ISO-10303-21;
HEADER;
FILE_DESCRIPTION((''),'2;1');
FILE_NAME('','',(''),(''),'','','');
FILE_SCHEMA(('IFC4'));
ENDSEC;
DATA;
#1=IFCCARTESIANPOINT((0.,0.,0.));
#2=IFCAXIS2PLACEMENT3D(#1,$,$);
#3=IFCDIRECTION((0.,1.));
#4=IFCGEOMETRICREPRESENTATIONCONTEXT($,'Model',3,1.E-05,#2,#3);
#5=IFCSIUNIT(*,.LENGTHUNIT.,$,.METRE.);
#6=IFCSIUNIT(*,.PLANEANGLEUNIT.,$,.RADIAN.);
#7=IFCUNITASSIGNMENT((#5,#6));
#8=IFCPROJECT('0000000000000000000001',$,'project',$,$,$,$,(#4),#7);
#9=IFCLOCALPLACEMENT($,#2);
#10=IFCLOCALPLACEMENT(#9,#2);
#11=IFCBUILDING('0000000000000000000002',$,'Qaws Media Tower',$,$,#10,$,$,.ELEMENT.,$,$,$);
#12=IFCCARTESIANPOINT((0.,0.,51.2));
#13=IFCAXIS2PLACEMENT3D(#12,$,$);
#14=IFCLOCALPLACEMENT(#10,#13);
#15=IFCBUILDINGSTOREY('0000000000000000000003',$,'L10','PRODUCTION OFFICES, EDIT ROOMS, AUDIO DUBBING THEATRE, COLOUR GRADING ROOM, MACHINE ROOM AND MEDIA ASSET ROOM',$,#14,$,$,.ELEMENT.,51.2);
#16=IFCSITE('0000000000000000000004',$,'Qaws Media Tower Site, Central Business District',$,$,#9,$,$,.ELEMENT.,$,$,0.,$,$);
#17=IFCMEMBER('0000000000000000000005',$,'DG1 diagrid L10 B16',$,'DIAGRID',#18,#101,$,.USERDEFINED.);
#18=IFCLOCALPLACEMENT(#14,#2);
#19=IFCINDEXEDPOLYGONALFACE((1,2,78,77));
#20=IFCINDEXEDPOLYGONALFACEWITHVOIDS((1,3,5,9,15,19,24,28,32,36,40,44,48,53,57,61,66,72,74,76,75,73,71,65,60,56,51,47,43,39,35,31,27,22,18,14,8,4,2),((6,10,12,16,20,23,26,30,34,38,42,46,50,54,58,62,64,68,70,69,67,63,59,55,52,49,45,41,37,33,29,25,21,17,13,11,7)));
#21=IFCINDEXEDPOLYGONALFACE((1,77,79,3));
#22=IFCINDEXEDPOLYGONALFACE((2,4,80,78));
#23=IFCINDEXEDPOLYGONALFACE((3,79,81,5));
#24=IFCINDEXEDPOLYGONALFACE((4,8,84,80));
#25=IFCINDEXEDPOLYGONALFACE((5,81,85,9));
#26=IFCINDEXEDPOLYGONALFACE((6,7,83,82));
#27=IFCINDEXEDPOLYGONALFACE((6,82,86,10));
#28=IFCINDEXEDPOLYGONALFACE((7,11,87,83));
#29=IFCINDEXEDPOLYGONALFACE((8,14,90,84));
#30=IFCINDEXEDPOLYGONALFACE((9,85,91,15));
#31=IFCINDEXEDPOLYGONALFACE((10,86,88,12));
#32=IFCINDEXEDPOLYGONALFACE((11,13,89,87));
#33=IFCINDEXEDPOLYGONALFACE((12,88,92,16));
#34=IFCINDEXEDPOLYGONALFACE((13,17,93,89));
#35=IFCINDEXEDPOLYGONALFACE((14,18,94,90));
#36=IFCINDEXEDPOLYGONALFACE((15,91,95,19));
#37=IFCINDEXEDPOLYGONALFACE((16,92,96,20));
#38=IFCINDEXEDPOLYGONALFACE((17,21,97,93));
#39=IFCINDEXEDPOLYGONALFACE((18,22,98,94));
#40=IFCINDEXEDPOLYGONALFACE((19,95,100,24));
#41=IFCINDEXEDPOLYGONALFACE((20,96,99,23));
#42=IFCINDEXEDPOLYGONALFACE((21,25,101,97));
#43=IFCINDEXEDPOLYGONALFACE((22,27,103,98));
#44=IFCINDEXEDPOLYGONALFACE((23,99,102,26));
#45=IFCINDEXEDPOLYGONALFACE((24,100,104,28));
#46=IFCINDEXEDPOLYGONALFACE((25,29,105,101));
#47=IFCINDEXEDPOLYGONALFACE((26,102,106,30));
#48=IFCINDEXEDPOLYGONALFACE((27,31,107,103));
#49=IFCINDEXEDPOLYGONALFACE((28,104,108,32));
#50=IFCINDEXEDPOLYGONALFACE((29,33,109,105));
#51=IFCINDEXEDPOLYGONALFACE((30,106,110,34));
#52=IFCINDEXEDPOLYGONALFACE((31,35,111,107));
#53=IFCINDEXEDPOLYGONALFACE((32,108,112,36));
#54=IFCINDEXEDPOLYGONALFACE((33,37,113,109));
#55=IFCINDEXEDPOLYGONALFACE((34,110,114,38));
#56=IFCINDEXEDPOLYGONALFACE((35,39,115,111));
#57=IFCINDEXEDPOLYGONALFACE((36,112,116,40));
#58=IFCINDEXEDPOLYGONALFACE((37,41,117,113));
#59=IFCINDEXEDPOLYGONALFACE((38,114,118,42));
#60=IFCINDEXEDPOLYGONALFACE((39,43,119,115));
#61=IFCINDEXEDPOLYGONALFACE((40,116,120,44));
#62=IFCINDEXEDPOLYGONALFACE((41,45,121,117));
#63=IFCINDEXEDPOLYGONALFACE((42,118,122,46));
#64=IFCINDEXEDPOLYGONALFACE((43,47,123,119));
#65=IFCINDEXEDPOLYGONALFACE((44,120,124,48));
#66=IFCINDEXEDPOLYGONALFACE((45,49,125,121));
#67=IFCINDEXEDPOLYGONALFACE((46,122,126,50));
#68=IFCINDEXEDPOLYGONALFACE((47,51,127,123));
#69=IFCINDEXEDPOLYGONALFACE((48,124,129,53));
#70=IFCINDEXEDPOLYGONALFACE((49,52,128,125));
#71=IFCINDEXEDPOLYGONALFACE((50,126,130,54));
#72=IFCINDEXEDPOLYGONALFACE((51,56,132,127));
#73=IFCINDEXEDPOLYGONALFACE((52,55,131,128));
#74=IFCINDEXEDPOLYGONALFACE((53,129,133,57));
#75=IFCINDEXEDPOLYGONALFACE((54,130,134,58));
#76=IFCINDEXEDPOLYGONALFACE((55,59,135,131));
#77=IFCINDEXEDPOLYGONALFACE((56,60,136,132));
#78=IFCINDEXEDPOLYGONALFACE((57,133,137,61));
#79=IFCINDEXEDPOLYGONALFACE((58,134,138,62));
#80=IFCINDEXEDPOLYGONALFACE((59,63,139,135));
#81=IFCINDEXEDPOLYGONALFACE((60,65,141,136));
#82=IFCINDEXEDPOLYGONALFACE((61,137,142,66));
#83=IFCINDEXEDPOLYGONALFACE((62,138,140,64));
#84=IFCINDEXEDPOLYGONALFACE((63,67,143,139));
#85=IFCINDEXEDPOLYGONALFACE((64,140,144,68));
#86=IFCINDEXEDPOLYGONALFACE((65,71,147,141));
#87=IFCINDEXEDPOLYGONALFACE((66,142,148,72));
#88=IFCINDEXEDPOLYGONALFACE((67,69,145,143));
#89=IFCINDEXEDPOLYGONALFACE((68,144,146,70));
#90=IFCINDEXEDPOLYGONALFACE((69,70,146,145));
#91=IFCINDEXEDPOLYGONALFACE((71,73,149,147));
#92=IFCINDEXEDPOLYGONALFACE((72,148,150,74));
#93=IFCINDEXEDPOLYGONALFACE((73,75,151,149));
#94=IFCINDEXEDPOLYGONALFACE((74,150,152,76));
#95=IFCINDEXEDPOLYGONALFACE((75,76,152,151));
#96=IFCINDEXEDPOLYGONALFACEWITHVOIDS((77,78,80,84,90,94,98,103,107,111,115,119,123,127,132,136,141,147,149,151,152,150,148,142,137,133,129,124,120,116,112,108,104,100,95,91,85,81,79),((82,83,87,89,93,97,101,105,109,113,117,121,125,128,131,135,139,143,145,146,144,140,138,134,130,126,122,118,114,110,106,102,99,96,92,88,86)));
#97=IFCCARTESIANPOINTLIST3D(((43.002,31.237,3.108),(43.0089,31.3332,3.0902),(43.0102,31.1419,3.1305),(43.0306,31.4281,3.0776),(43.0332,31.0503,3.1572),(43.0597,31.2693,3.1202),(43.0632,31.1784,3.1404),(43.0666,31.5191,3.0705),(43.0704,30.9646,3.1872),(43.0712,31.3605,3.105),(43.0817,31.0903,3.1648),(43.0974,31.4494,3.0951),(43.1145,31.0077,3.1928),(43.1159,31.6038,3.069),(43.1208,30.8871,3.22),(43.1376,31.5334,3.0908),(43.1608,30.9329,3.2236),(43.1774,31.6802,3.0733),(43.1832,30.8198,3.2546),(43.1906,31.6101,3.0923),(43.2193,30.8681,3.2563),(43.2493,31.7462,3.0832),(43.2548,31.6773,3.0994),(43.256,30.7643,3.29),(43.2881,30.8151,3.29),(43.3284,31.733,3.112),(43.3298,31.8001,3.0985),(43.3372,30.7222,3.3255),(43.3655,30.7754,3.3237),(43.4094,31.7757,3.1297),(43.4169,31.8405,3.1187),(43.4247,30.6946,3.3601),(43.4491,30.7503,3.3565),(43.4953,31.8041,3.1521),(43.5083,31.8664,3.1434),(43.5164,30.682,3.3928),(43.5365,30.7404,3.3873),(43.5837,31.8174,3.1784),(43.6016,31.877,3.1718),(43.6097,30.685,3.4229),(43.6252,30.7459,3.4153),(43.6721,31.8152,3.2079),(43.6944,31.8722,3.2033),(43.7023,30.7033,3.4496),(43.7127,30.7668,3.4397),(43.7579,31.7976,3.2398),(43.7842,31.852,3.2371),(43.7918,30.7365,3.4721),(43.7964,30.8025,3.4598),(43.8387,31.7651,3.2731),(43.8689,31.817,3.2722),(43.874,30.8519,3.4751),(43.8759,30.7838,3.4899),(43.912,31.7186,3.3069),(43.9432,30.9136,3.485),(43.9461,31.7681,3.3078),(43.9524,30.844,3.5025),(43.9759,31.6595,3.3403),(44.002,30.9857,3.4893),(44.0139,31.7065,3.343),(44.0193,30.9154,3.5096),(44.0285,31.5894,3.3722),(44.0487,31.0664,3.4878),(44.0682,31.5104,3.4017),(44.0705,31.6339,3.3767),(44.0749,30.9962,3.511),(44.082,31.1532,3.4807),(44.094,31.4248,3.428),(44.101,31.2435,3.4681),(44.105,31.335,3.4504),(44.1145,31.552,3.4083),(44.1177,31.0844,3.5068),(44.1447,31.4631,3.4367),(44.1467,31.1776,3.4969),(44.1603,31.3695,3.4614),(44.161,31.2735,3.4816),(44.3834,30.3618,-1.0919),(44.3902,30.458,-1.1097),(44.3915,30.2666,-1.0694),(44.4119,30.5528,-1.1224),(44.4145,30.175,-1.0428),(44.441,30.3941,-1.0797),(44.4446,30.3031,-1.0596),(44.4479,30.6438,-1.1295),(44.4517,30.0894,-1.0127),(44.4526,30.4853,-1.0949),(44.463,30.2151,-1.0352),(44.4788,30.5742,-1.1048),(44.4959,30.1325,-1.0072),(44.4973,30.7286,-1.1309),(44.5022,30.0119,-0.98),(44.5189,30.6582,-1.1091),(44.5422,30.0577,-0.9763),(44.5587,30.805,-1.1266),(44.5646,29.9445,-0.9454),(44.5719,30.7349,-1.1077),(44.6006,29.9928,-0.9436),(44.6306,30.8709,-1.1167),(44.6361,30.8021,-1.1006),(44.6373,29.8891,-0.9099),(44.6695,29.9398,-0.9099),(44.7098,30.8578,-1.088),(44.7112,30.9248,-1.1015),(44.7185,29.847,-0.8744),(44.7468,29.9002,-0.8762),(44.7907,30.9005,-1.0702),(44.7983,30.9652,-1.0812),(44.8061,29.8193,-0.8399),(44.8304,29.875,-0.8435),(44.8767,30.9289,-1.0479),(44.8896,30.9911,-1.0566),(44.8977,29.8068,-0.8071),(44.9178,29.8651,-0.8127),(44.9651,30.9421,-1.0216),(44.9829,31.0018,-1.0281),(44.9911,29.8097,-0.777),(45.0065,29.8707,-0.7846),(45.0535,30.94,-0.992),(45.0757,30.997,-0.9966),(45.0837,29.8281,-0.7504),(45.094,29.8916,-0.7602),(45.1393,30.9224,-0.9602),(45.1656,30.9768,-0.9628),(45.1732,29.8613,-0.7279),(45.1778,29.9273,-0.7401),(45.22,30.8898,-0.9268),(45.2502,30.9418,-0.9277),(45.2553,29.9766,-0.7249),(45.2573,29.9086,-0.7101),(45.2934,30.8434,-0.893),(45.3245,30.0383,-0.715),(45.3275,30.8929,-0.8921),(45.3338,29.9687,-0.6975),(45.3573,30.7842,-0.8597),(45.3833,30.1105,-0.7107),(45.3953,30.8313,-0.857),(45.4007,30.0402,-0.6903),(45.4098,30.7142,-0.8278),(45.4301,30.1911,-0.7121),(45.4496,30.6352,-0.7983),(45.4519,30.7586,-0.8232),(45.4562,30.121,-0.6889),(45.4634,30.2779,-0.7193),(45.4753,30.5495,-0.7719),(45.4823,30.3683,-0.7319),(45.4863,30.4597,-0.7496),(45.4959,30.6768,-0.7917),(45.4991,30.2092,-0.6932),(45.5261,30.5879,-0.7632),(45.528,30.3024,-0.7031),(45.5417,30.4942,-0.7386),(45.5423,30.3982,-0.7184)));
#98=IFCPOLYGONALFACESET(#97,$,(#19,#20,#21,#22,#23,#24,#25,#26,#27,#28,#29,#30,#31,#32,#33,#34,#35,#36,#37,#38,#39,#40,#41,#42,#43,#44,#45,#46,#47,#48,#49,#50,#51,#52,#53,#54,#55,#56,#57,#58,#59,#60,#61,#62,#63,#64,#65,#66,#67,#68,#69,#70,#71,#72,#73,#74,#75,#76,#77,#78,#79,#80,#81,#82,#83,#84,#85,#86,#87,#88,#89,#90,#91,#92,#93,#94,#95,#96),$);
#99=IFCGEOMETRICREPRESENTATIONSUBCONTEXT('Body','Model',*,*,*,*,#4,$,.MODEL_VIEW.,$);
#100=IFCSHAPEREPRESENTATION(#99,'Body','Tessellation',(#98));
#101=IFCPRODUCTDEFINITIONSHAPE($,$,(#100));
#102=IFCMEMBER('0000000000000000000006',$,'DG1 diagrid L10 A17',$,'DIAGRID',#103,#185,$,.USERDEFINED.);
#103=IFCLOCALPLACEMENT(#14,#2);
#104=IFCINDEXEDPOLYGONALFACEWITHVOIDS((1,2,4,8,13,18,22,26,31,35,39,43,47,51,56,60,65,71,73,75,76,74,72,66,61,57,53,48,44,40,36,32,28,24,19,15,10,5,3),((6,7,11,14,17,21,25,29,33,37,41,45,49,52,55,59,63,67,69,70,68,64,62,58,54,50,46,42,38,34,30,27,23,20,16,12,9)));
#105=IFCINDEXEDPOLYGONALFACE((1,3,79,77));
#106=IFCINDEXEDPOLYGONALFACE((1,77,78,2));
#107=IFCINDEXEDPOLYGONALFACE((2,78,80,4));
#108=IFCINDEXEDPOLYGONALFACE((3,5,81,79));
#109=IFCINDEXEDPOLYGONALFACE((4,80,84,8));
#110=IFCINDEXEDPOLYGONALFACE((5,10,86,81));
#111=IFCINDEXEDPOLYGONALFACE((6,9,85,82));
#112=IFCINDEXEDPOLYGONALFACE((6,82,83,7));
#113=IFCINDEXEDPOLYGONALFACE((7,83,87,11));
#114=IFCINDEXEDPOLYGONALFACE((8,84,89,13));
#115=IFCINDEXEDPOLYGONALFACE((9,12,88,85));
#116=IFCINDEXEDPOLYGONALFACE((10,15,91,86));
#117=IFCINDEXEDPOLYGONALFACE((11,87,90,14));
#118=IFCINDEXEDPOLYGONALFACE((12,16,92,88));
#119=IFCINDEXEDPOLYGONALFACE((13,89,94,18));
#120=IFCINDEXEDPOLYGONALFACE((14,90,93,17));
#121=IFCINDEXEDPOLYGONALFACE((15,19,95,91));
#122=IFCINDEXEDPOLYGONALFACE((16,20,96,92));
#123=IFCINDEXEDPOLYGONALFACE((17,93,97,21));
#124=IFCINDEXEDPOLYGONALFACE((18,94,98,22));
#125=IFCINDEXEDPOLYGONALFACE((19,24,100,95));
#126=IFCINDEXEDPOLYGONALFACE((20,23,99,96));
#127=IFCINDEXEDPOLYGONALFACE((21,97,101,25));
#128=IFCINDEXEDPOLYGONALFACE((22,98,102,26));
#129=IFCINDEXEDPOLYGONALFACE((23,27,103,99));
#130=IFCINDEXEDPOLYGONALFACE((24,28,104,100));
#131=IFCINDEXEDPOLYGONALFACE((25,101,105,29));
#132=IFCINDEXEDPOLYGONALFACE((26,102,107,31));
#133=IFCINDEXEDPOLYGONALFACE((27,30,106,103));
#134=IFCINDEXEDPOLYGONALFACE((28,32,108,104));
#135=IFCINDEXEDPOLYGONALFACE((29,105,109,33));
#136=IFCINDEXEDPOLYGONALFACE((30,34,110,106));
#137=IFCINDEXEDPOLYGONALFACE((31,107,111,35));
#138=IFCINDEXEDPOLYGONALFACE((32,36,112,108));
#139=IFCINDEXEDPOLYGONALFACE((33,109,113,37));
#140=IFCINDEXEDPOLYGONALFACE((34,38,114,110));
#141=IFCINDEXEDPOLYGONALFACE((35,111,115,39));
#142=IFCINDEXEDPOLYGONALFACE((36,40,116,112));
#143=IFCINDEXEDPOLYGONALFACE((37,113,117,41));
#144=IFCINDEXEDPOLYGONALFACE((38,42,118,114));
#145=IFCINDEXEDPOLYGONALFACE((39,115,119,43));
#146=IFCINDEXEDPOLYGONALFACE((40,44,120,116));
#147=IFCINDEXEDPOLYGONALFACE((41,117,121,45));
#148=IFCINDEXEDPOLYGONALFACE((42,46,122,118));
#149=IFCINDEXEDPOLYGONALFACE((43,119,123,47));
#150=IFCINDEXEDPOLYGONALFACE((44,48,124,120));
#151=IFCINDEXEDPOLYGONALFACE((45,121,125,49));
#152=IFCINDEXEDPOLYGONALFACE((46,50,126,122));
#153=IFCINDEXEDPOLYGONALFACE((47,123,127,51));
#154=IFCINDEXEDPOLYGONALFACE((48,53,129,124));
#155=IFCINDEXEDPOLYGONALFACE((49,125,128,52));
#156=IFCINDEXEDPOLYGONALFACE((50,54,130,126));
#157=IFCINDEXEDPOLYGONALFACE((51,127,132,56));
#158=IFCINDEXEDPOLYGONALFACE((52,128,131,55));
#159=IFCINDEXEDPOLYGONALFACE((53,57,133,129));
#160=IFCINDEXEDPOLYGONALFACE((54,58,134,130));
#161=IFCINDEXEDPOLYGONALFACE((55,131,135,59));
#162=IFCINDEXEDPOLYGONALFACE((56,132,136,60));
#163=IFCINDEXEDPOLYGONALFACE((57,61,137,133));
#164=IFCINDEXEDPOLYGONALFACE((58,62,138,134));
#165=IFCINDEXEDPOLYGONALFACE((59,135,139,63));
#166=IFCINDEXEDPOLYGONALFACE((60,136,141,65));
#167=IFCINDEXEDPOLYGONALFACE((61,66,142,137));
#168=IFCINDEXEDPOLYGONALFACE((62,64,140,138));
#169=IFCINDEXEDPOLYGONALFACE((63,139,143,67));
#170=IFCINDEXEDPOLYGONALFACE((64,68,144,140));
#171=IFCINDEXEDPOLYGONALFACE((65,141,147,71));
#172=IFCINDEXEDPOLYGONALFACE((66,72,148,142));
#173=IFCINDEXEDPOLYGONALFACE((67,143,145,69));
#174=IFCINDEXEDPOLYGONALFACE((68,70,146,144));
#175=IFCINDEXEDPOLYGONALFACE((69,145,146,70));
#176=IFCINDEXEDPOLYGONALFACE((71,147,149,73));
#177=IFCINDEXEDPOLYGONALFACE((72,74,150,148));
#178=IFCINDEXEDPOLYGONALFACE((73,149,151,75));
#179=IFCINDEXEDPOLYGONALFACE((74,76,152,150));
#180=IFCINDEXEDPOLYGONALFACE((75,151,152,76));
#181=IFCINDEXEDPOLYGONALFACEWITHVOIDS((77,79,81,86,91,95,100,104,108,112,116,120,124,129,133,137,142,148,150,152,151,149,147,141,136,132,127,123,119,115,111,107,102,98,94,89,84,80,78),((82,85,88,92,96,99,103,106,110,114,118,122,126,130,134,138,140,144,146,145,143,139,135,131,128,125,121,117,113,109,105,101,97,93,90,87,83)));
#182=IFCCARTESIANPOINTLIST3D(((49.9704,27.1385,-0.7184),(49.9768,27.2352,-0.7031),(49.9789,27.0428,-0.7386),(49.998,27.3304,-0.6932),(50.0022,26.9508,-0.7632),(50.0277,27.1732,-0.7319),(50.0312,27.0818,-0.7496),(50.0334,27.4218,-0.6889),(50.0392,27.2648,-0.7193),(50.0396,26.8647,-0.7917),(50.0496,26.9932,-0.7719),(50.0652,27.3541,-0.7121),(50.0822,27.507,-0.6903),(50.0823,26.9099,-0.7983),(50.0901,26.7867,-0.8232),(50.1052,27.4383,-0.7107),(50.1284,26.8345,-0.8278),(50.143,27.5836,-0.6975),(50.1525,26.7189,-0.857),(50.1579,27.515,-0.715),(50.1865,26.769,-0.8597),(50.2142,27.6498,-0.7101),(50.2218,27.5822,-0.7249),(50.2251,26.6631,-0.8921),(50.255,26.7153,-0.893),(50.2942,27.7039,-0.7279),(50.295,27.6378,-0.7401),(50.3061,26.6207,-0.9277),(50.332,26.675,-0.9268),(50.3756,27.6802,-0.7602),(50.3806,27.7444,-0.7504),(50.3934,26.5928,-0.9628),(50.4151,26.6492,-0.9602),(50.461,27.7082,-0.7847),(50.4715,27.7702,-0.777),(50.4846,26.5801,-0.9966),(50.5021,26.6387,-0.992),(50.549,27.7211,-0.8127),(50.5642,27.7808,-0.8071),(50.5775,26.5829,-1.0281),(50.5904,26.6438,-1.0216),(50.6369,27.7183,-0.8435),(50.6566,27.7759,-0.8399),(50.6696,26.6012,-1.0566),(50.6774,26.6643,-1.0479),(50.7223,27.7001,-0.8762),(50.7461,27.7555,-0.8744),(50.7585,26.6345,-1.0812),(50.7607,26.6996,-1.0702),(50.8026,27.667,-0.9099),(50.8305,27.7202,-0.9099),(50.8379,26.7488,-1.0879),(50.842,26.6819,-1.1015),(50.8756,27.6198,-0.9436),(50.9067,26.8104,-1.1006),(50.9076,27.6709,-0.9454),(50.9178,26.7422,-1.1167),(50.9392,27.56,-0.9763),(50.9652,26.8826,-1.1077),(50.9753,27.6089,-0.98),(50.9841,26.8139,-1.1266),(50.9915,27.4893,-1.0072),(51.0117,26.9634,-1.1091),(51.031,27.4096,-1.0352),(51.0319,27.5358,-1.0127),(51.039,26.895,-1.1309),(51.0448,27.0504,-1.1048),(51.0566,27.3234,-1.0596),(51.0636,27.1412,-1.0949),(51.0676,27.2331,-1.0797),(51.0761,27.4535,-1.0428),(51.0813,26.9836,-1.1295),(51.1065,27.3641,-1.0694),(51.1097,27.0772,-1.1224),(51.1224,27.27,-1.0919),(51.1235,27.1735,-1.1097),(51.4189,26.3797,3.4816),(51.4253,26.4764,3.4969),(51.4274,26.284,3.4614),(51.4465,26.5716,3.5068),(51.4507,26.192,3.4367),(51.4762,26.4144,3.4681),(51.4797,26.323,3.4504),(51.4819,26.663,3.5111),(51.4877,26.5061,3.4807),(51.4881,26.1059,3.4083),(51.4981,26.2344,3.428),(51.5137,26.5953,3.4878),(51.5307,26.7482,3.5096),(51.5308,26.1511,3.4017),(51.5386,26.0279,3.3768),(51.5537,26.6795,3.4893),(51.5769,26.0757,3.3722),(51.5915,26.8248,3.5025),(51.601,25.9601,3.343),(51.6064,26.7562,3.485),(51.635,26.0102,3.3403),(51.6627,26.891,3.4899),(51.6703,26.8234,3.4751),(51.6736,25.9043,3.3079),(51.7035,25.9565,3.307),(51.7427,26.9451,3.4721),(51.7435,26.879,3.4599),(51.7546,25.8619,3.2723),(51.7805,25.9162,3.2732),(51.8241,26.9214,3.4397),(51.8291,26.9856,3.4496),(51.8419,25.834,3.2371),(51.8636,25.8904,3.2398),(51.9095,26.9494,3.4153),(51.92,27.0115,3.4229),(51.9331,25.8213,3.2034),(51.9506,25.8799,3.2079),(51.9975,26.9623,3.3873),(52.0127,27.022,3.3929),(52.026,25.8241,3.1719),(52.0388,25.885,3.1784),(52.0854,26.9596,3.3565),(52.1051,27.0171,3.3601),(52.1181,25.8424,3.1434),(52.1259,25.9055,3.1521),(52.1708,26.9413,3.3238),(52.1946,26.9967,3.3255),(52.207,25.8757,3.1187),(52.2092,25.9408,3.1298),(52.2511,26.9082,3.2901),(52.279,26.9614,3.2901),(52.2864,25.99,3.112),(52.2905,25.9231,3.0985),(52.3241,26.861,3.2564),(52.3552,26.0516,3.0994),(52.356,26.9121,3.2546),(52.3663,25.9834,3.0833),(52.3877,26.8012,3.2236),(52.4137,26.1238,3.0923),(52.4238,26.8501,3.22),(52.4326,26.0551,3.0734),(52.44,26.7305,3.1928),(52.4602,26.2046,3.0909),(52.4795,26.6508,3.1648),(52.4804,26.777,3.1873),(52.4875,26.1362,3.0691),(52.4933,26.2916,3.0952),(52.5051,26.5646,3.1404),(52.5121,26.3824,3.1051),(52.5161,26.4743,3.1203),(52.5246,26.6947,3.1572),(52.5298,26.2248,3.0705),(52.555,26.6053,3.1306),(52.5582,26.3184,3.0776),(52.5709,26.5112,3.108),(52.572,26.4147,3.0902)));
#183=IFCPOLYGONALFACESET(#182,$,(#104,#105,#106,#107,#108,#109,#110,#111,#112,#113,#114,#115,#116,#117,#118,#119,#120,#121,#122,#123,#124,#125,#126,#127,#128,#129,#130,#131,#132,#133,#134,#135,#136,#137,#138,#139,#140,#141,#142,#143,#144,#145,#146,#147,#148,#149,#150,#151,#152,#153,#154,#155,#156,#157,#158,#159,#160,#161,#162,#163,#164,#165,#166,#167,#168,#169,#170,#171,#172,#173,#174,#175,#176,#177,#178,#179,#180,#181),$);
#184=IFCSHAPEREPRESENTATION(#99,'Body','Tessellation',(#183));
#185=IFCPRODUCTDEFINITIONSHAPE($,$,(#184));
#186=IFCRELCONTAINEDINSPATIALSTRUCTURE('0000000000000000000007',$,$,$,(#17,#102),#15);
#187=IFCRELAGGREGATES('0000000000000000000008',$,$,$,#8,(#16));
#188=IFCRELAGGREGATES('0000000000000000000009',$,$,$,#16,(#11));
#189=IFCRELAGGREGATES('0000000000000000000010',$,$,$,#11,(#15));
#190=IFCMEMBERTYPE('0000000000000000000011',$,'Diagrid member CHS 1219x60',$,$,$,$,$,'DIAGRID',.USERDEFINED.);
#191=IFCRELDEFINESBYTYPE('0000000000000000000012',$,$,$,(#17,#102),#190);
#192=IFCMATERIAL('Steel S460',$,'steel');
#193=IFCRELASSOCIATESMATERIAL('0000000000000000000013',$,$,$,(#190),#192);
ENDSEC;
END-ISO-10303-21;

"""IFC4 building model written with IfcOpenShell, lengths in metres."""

from ifc_helpers import new_model, si_unit, direction, frame, origin, origin_2d, place, context, subcontext, project, spatial, hollow_circle, extrude, material, material_profile, profile_set, type_object, element, save


model = new_model("IFC4")

# Units and contexts
model_context = context("Model", 3, precision=1e-05, world=origin(), true_north=direction((0.0, 1.0)))
body_context = subcontext(model_context, "Body", "Model", "MODEL_VIEW")
ifc_project = project(units=[si_unit("LENGTHUNIT", "METRE"), si_unit("PLANEANGLEUNIT", "RADIAN")], contexts=[model_context])

# Site, building, storey
site_placement = place(None, origin())
site = spatial("IfcSite", under=ifc_project, at=site_placement, Name="Qaws Media Tower Site, Central Business District", CompositionType="ELEMENT", RefElevation=0.0)
building_placement = place(site_placement, origin())
building = spatial("IfcBuilding", under=site, at=building_placement, Name="Qaws Media Tower", CompositionType="ELEMENT")
storey_placement = place(building_placement, frame((0.0, 0.0, 51.2)))
storey = spatial("IfcBuildingStorey", under=building, at=storey_placement, Name="L10", Description="PRODUCTION OFFICES, EDIT ROOMS, AUDIO DUBBING THEATRE, COLOUR GRADING ROOM, MACHINE ROOM AND MEDIA ASSET ROOM", CompositionType="ELEMENT", Elevation=51.2)

# Members
ifc_material_1 = material(Name="Steel S460", Category="steel")
ifc_material_profile_1 = material_profile(ifc_material_1, hollow_circle(Radius=0.6096, WallThickness=0.0601, at=origin_2d()), Name="CHS 1219x60")
ifc_profile_set_1 = profile_set([ifc_material_profile_1], Name="Steel S460")
member_type_1 = type_object("IfcMemberType", Name="Diagrid member CHS 1219x60", ElementType="DIAGRID", PredefinedType="USERDEFINED", material=ifc_profile_set_1)
for number, where, z_axis, x_axis, name in (
    (1, (44.9636, 30.4041, -0.9099), (-0.306484, 0.194193, 0.931857), (-0.535223, -0.844711, 0.0), "DG1 diagrid L10 B16"),
    (2, (50.5476, 27.1802, -0.9099), (0.321383, -0.168356, 0.931863), (0.464035, 0.885817, 0.0), "DG1 diagrid L10 A17"),
):
    element("IfcMember", number, at=place(storey_placement, frame(where, z_axis=z_axis, x_axis=x_axis)), inside=storey, type_object=member_type_1, Name=name, ObjectType="DIAGRID", PredefinedType="USERDEFINED", context=body_context, shape_type="SweptSolid", body=[
        extrude(hollow_circle(Radius=0.6096, WallThickness=0.0601, at=origin_2d()), origin(), (0.0, 0.0, 1.0), 4.5071),
    ])

save(model, "model.ifc")
